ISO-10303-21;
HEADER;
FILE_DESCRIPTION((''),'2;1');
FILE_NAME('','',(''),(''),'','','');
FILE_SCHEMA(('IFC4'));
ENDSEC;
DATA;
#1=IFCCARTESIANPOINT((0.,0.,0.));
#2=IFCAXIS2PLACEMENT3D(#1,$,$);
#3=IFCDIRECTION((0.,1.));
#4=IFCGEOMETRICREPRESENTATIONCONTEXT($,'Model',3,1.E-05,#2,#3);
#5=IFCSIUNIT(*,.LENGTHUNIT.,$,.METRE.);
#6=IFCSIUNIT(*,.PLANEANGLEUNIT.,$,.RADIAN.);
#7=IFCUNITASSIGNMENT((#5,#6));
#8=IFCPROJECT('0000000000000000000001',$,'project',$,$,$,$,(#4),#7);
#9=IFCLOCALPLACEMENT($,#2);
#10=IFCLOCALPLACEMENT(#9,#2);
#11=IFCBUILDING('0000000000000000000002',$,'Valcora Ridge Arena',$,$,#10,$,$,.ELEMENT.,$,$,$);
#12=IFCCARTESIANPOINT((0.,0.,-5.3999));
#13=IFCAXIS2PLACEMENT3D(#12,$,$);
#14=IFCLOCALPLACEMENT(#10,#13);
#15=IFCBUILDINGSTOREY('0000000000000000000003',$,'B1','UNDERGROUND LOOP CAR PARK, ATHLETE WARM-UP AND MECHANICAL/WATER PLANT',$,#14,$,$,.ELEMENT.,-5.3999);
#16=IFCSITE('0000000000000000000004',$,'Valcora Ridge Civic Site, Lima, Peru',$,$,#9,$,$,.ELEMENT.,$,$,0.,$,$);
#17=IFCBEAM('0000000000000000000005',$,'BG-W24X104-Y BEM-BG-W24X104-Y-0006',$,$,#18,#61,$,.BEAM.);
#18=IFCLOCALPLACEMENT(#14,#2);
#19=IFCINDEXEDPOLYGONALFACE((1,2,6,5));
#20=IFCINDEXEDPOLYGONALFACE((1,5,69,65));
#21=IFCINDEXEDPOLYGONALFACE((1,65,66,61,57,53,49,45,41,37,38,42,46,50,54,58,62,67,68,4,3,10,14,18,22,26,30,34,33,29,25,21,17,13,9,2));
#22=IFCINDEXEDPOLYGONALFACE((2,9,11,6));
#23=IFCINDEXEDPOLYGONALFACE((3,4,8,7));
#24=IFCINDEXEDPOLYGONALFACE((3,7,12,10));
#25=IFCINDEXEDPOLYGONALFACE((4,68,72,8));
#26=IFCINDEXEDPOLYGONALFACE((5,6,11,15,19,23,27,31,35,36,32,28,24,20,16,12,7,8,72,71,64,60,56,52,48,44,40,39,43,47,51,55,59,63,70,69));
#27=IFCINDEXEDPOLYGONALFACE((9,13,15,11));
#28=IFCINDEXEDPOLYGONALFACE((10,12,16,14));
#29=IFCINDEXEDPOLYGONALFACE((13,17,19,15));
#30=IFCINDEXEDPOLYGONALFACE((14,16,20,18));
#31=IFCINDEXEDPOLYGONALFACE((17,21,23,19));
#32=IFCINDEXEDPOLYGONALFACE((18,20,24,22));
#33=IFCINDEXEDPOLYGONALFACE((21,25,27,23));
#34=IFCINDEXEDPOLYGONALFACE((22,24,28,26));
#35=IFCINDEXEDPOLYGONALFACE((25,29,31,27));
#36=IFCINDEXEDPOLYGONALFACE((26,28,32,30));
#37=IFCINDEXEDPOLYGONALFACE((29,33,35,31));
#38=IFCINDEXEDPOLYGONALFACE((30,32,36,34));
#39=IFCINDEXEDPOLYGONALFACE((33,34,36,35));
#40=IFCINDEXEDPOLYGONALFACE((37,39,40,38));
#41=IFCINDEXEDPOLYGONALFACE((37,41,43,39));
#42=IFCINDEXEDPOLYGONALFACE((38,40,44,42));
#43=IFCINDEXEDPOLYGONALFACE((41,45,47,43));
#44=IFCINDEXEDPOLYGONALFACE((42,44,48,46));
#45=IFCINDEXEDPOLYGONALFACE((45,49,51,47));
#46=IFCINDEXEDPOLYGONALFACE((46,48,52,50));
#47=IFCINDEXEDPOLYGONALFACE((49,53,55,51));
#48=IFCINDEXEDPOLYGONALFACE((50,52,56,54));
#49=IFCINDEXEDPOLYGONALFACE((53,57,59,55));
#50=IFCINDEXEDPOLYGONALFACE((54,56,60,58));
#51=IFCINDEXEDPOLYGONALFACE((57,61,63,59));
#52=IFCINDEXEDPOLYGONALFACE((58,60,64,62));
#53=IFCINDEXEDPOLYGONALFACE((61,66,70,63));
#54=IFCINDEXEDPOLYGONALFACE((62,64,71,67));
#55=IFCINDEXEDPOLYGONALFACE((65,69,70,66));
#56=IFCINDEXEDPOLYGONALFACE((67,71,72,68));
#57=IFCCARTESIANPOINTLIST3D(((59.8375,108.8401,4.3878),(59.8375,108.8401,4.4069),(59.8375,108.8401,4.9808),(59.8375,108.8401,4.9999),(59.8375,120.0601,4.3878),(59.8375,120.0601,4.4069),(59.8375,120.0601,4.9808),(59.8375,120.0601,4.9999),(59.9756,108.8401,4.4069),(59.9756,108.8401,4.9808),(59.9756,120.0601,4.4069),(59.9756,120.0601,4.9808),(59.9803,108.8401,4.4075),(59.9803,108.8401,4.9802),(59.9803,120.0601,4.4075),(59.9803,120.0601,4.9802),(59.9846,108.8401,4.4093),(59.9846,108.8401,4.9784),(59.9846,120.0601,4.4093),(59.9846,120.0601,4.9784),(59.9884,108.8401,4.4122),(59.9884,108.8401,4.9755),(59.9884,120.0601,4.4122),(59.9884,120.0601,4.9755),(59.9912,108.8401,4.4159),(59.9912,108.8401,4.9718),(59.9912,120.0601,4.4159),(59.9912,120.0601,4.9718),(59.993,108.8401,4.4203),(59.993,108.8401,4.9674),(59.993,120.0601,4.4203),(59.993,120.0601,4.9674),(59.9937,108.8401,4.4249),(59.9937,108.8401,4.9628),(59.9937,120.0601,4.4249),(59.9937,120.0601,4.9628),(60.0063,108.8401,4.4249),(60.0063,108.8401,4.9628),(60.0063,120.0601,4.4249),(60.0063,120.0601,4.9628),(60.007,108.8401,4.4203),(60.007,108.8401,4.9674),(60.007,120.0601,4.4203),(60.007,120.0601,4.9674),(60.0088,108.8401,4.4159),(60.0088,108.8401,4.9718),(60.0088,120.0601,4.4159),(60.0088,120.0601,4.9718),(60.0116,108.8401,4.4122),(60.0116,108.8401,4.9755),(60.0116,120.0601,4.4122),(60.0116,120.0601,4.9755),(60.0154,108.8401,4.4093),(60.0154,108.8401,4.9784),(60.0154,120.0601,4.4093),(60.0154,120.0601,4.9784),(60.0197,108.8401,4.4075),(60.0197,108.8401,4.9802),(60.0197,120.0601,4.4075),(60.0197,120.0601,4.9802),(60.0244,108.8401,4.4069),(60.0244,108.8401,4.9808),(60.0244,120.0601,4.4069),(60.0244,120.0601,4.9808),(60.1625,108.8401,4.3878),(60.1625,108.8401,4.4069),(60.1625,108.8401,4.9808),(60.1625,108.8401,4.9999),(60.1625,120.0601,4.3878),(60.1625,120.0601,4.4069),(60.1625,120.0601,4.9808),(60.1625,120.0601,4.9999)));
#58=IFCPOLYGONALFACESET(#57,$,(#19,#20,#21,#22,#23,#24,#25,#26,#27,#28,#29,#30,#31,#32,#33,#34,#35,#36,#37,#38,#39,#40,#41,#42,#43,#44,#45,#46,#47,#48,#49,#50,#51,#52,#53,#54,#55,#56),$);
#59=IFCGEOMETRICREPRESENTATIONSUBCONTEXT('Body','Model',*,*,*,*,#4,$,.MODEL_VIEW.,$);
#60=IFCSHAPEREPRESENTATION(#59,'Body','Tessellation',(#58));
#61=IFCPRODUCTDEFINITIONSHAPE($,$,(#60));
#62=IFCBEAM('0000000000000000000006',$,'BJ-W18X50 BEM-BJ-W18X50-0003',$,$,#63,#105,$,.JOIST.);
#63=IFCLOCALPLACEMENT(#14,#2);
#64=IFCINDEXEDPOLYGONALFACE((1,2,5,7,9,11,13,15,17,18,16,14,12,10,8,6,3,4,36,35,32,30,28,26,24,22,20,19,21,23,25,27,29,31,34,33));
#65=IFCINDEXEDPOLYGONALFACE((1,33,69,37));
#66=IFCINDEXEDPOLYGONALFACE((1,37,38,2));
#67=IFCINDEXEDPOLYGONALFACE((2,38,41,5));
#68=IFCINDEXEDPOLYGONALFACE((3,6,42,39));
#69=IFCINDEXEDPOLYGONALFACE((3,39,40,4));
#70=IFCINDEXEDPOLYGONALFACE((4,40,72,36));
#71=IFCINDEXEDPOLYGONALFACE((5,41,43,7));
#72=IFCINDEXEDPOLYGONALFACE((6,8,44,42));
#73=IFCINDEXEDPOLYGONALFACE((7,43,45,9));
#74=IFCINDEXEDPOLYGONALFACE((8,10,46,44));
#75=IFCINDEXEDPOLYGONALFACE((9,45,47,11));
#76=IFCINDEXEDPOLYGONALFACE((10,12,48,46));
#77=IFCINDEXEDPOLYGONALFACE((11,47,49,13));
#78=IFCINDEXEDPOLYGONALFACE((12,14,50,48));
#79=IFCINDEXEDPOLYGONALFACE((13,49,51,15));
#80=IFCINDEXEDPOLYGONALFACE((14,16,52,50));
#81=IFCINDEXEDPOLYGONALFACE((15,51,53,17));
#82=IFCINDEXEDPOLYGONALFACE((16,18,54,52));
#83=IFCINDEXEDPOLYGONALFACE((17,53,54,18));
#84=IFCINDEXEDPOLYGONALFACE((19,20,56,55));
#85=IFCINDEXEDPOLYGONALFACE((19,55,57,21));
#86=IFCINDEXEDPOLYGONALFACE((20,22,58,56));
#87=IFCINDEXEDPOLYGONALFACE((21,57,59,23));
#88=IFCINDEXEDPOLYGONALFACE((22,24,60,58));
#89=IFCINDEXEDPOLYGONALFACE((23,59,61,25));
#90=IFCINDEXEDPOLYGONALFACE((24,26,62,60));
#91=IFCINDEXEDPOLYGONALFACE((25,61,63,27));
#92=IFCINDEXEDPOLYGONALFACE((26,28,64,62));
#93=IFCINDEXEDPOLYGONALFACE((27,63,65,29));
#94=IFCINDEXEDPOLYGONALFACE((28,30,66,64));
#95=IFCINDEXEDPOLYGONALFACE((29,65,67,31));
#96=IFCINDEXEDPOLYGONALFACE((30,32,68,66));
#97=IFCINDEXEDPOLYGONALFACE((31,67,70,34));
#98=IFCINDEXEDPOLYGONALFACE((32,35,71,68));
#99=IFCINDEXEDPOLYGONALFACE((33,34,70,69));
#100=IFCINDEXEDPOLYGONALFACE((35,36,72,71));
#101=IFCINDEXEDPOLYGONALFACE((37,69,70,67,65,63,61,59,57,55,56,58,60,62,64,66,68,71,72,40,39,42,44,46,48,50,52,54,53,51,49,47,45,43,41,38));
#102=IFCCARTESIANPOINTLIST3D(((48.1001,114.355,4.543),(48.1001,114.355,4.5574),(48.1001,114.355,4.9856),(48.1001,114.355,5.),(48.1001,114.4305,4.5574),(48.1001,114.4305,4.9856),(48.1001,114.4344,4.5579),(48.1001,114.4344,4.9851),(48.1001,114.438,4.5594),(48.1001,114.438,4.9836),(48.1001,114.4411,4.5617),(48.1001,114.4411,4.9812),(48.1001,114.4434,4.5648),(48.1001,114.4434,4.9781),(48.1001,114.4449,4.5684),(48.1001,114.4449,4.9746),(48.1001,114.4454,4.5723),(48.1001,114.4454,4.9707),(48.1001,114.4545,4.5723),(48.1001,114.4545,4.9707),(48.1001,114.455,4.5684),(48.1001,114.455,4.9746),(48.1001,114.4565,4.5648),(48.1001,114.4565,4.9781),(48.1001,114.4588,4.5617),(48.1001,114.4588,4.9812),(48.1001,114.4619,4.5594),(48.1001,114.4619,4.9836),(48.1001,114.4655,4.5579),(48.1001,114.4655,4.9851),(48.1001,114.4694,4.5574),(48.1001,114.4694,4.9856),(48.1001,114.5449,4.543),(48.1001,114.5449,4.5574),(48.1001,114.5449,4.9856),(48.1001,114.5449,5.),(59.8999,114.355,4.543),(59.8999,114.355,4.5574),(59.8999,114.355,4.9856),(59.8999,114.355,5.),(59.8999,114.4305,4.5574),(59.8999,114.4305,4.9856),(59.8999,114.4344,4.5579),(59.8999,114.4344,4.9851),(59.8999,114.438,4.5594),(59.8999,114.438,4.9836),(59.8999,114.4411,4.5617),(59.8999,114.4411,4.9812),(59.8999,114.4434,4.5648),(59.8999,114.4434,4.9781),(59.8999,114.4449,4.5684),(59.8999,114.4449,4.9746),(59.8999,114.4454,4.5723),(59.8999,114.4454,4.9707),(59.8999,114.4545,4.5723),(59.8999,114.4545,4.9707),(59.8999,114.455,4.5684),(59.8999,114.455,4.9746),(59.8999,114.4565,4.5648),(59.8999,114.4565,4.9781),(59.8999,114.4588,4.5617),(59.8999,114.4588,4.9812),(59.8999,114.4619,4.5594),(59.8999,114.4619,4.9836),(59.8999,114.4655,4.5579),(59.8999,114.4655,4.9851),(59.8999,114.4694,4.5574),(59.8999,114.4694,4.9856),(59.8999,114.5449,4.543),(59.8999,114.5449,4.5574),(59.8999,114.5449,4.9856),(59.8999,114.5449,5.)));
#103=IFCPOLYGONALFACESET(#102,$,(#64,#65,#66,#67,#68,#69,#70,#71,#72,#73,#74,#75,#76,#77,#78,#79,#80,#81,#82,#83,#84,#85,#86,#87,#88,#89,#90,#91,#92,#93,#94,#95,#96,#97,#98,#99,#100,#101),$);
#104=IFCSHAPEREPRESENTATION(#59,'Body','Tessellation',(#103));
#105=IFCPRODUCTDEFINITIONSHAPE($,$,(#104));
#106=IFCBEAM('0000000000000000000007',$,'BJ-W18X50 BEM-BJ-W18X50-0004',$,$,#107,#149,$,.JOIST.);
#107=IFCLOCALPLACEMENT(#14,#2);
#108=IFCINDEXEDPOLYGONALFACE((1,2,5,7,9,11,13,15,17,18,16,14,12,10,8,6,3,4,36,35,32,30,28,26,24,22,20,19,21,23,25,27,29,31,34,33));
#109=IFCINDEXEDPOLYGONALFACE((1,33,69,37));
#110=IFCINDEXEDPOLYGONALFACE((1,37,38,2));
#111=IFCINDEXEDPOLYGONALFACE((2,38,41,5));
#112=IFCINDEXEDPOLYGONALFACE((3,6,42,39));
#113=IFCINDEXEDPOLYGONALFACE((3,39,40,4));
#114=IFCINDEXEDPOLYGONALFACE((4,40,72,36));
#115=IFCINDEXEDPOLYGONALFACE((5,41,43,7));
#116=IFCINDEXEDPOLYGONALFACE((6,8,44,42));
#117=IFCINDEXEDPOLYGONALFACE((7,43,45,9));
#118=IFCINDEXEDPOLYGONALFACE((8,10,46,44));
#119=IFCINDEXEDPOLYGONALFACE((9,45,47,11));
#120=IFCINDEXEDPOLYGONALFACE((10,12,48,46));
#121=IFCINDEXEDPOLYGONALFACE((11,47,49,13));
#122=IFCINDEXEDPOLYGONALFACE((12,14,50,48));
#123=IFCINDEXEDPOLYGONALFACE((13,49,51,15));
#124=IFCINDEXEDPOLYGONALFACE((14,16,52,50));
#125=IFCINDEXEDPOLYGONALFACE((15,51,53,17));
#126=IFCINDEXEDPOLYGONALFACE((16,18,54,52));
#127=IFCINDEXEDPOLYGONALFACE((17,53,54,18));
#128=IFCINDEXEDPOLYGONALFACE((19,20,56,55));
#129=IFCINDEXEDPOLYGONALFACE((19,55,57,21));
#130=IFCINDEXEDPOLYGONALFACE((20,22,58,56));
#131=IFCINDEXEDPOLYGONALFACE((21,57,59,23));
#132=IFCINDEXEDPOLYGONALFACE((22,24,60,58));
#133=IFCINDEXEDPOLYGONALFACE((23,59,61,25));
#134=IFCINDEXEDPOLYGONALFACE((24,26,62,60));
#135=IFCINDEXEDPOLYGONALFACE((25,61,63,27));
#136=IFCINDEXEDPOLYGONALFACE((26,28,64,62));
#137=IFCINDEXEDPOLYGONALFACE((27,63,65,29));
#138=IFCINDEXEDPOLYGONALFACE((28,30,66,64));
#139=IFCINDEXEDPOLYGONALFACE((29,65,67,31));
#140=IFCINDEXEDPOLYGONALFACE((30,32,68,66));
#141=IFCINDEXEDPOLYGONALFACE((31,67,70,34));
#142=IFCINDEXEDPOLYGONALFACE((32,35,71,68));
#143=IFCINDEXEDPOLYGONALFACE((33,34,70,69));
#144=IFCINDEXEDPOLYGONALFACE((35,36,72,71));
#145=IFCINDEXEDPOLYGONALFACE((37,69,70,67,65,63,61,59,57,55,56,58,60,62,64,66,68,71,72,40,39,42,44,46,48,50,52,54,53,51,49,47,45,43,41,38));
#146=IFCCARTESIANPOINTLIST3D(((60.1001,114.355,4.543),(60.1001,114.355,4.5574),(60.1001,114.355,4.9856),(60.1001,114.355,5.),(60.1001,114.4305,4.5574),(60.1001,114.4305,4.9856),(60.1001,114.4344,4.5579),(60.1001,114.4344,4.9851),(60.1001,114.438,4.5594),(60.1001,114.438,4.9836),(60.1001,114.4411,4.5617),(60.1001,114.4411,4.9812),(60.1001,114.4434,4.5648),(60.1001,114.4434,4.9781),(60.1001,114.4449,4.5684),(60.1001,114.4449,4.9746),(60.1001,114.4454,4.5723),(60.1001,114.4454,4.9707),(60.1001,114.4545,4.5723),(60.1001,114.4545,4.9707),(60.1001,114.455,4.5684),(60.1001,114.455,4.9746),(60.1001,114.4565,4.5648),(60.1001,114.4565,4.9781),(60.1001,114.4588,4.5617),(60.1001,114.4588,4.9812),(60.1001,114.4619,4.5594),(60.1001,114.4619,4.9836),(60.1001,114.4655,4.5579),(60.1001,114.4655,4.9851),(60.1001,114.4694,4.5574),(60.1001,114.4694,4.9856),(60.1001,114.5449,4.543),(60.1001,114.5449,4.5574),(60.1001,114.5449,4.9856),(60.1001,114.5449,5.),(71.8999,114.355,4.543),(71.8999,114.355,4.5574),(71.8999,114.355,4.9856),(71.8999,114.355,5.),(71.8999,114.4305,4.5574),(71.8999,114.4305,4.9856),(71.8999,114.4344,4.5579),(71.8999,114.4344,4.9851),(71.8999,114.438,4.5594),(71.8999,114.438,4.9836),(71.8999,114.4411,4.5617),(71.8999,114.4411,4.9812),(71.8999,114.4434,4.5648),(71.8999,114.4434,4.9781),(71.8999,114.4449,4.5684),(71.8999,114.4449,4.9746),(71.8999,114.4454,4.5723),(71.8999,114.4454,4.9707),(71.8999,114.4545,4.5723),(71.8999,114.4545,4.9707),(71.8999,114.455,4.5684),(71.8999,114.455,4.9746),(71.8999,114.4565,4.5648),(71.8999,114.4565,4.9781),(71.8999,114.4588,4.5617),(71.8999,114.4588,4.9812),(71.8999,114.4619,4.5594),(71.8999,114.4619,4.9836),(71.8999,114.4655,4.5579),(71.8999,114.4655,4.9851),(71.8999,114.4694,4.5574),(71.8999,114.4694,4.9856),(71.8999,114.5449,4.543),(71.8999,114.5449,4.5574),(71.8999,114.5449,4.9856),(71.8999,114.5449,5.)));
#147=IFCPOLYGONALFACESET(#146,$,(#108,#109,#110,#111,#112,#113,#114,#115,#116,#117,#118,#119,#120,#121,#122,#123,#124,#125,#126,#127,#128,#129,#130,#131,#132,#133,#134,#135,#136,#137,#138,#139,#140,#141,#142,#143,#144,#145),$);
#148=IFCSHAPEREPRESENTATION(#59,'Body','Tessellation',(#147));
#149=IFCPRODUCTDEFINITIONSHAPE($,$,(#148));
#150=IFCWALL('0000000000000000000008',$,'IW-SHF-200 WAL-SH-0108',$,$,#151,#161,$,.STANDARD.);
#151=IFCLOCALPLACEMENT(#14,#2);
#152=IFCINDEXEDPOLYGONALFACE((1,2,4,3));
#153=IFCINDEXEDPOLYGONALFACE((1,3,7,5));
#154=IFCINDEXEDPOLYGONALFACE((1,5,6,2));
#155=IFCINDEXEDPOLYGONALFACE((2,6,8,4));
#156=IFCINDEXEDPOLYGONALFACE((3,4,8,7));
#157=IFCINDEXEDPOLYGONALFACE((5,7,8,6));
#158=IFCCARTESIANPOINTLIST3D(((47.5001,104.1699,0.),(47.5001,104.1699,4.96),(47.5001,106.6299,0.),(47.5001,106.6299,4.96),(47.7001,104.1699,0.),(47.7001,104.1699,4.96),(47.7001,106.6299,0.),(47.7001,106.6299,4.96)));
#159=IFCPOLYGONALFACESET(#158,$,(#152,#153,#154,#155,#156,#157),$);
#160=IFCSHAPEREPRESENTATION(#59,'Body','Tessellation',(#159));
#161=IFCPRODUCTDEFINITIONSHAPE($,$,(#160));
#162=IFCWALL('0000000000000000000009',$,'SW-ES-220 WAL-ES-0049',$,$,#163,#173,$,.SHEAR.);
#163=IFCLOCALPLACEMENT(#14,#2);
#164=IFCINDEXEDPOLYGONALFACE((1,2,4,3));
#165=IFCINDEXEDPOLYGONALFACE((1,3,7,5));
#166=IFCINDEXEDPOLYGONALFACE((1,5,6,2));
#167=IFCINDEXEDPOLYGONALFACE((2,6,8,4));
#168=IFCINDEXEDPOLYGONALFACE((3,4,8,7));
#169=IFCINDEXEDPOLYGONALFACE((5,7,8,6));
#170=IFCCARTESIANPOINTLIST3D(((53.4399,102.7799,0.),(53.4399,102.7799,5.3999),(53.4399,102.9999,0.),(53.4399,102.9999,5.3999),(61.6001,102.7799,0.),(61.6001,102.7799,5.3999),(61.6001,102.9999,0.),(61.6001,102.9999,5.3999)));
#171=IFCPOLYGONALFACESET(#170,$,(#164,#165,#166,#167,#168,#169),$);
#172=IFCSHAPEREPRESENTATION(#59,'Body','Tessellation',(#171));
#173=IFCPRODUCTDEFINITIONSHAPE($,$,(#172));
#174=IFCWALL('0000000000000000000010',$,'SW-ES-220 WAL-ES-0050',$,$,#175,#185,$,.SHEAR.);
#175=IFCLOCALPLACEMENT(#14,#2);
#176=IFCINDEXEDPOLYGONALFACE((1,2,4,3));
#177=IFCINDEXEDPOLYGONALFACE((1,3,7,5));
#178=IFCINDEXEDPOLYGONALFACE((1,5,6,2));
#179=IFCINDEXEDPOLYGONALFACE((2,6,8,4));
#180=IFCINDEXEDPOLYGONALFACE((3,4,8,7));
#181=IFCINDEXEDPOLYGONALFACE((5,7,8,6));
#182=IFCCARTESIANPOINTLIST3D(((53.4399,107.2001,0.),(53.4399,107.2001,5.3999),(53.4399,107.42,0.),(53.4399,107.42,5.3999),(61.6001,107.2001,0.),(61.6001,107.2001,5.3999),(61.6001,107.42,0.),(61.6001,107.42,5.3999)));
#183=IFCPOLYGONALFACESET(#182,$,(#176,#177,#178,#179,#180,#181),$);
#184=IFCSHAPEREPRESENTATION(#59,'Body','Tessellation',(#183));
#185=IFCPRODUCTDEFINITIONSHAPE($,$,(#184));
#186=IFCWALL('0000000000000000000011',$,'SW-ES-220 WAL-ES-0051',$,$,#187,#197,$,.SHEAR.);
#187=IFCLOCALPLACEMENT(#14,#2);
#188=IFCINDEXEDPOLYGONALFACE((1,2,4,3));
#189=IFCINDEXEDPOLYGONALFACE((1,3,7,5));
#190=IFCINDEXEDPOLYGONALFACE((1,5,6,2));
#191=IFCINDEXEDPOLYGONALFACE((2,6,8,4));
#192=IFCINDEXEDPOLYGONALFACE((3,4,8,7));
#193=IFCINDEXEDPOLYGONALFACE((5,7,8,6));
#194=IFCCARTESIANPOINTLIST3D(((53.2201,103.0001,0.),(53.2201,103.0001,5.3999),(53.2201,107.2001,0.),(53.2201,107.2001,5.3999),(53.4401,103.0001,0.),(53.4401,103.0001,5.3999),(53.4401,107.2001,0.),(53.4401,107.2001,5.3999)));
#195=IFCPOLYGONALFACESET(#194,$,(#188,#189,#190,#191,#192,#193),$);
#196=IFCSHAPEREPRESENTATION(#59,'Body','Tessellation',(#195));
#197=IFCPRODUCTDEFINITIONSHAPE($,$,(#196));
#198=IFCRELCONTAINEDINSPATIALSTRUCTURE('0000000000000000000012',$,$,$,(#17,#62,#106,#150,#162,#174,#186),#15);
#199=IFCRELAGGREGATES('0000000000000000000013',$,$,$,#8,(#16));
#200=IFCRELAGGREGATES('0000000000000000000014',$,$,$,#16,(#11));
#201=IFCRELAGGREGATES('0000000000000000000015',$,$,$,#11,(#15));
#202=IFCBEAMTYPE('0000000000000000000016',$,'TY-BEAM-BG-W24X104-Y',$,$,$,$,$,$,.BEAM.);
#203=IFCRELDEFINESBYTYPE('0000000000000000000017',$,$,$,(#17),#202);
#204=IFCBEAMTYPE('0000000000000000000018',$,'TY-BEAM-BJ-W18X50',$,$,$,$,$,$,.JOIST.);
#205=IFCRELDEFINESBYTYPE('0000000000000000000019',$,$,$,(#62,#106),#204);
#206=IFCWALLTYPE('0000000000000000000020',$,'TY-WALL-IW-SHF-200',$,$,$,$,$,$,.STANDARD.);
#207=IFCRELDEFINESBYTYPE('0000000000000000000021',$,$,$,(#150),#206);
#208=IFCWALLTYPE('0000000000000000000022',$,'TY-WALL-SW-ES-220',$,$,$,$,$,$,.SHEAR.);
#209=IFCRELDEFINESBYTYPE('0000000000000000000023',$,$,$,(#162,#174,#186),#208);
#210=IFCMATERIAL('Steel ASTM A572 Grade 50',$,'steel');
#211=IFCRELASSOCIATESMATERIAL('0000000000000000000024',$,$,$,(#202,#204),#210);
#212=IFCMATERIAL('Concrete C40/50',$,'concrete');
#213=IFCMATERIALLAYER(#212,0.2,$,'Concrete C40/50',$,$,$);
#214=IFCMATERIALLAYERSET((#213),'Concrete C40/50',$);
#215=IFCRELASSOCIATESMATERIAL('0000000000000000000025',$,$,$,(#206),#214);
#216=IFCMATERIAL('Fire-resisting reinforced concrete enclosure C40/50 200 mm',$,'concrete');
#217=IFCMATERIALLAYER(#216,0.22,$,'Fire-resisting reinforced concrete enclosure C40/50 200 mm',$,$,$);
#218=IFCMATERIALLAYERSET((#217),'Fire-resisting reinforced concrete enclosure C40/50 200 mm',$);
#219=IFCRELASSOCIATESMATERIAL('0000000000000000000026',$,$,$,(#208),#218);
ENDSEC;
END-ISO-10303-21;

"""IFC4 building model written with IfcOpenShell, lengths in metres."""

from ifc_helpers import new_model, si_unit, direction, frame, frame_2d, origin, origin_2d, place, context, subcontext, project, spatial, rectangle, i_section, extrude, material, layer, layer_set, material_profile, profile_set, type_object, element, save


model = new_model("IFC4")

# Units and contexts
model_context = context("Model", 3, precision=1e-05, world=origin(), true_north=direction((0.0, 1.0)))
body_context = subcontext(model_context, "Body", "Model", "MODEL_VIEW")
ifc_project = project(units=[si_unit("LENGTHUNIT", "METRE"), si_unit("PLANEANGLEUNIT", "RADIAN")], contexts=[model_context])

# Site, building, storey
site_placement = place(None, origin())
site = spatial("IfcSite", under=ifc_project, at=site_placement, Name="Valcora Ridge Civic Site, Lima, Peru", CompositionType="ELEMENT", RefElevation=0.0)
building_placement = place(site_placement, origin())
building = spatial("IfcBuilding", under=site, at=building_placement, Name="Valcora Ridge Arena", CompositionType="ELEMENT")
storey_placement = place(building_placement, frame((0.0, 0.0, -5.3999)))
storey = spatial("IfcBuildingStorey", under=building, at=storey_placement, Name="B1", Description="UNDERGROUND LOOP CAR PARK, ATHLETE WARM-UP AND MECHANICAL/WATER PLANT", CompositionType="ELEMENT", Elevation=-5.3999)

# Shared definitions
ifc_material_1 = material(Name="Concrete C40/50", Category="concrete")

# Beams
ifc_material_2 = material(Name="Steel ASTM A572 Grade 50", Category="steel")
ifc_material_profile_1 = material_profile(ifc_material_2, i_section(OverallWidth=0.325, OverallDepth=0.6121, WebThickness=0.0127, FlangeThickness=0.019, FilletRadius=0.0181, at=origin_2d()), Name="W24X104")
ifc_profile_set_1 = profile_set([ifc_material_profile_1], Name="Steel ASTM A572 Grade 50")
beam_type_1 = type_object("IfcBeamType", Name="TY-BEAM-BG-W24X104-Y", PredefinedType="BEAM", material=ifc_profile_set_1)
for number, where, z_axis, x_axis, name in (
    (1, (60.0, 108.8401, 4.6938), (0.0, 1.0, 0.0), (-1.0, 0.0, 0.0), "BG-W24X104-Y BEM-BG-W24X104-Y-0006"),
):
    element("IfcBeam", number, at=place(storey_placement, frame(where, z_axis=z_axis, x_axis=x_axis)), inside=storey, type_object=beam_type_1, Name=name, PredefinedType="BEAM", context=body_context, shape_type="SweptSolid", body=[
        extrude(i_section(OverallWidth=0.325, OverallDepth=0.6121, WebThickness=0.0127, FlangeThickness=0.019, FilletRadius=0.0181, at=origin_2d()), origin(), (0.0, 0.0, 1.0), 11.22),
    ])
ifc_material_profile_2 = material_profile(ifc_material_2, i_section(OverallWidth=0.1899, OverallDepth=0.457, WebThickness=0.009, FlangeThickness=0.0144, FilletRadius=0.0149, at=origin_2d()), Name="W18X50")
ifc_profile_set_2 = profile_set([ifc_material_profile_2], Name="Steel ASTM A572 Grade 50")
beam_type_2 = type_object("IfcBeamType", Name="TY-BEAM-BJ-W18X50", PredefinedType="JOIST", material=ifc_profile_set_2)
for number, where, z_axis, x_axis, name in (
    (2, (48.1001, 114.45, 4.7715), (1.0, 0.0, 0.0), (0.0, 1.0, 0.0), "BJ-W18X50 BEM-BJ-W18X50-0003"),
    (3, (60.1001, 114.45, 4.7715), (1.0, 0.0, 0.0), (0.0, 1.0, 0.0), "BJ-W18X50 BEM-BJ-W18X50-0004"),
):
    element("IfcBeam", number, at=place(storey_placement, frame(where, z_axis=z_axis, x_axis=x_axis)), inside=storey, type_object=beam_type_2, Name=name, PredefinedType="JOIST", context=body_context, shape_type="SweptSolid", body=[
        extrude(i_section(OverallWidth=0.1899, OverallDepth=0.457, WebThickness=0.009, FlangeThickness=0.0144, FilletRadius=0.0149, at=origin_2d()), origin(), (0.0, 0.0, 1.0), 11.7998),
    ])

# Walls
ifc_layer_1 = layer(ifc_material_1, 0.2, Name="Concrete C40/50")
ifc_layer_set_1 = layer_set([ifc_layer_1], Name="Concrete C40/50")
wall_type_1 = type_object("IfcWallType", Name="TY-WALL-IW-SHF-200", PredefinedType="STANDARD", material=ifc_layer_set_1)
wall_1_placement = place(storey_placement, frame((47.6001, 104.1699, 0.0), z_axis=(0.0, 0.0, 1.0), x_axis=(0.0, 1.0, 0.0)))
element("IfcWall", 4, at=wall_1_placement, inside=storey, type_object=wall_type_1, Name="IW-SHF-200 WAL-SH-0108", PredefinedType="STANDARD", context=body_context, shape_type="SweptSolid", body=[
    extrude(rectangle(XDim=2.46, YDim=0.2, at=frame_2d((1.23, 0.0))), origin(), (0.0, 0.0, 1.0), 4.96),
])
ifc_material_3 = material(Name="Fire-resisting reinforced concrete enclosure C40/50 200 mm", Category="concrete")
ifc_layer_2 = layer(ifc_material_3, 0.22, Name="Fire-resisting reinforced concrete enclosure C40/50 200 mm")
ifc_layer_set_2 = layer_set([ifc_layer_2], Name="Fire-resisting reinforced concrete enclosure C40/50 200 mm")
wall_type_2 = type_object("IfcWallType", Name="TY-WALL-SW-ES-220", PredefinedType="SHEAR", material=ifc_layer_set_2)
for number, where, z_axis, x_axis, name in (
    (5, (53.4399, 102.8899, 0.0), (0.0, 0.0, 1.0), (1.0, 0.0, 0.0), "SW-ES-220 WAL-ES-0049"),
    (6, (53.4399, 107.3101, 0.0), (0.0, 0.0, 1.0), (1.0, 0.0, 0.0), "SW-ES-220 WAL-ES-0050"),
):
    element("IfcWall", number, at=place(storey_placement, frame(where, z_axis=z_axis, x_axis=x_axis)), inside=storey, type_object=wall_type_2, Name=name, PredefinedType="SHEAR", context=body_context, shape_type="SweptSolid", body=[
        extrude(rectangle(XDim=8.1602, YDim=0.22, at=frame_2d((4.0801, 0.0))), origin(), (0.0, 0.0, 1.0), 5.3999),
    ])
wall_2_placement = place(storey_placement, frame((53.3301, 103.0, 0.0), z_axis=(0.0, 0.0, 1.0), x_axis=(0.0, 1.0, 0.0)))
element("IfcWall", 7, at=wall_2_placement, inside=storey, type_object=wall_type_2, Name="SW-ES-220 WAL-ES-0051", PredefinedType="SHEAR", context=body_context, shape_type="SweptSolid", body=[
    extrude(rectangle(XDim=4.2, YDim=0.22, at=frame_2d((2.1001, 0.0))), origin(), (0.0, 0.0, 1.0), 5.3999),
])

save(model, "model.ifc")
